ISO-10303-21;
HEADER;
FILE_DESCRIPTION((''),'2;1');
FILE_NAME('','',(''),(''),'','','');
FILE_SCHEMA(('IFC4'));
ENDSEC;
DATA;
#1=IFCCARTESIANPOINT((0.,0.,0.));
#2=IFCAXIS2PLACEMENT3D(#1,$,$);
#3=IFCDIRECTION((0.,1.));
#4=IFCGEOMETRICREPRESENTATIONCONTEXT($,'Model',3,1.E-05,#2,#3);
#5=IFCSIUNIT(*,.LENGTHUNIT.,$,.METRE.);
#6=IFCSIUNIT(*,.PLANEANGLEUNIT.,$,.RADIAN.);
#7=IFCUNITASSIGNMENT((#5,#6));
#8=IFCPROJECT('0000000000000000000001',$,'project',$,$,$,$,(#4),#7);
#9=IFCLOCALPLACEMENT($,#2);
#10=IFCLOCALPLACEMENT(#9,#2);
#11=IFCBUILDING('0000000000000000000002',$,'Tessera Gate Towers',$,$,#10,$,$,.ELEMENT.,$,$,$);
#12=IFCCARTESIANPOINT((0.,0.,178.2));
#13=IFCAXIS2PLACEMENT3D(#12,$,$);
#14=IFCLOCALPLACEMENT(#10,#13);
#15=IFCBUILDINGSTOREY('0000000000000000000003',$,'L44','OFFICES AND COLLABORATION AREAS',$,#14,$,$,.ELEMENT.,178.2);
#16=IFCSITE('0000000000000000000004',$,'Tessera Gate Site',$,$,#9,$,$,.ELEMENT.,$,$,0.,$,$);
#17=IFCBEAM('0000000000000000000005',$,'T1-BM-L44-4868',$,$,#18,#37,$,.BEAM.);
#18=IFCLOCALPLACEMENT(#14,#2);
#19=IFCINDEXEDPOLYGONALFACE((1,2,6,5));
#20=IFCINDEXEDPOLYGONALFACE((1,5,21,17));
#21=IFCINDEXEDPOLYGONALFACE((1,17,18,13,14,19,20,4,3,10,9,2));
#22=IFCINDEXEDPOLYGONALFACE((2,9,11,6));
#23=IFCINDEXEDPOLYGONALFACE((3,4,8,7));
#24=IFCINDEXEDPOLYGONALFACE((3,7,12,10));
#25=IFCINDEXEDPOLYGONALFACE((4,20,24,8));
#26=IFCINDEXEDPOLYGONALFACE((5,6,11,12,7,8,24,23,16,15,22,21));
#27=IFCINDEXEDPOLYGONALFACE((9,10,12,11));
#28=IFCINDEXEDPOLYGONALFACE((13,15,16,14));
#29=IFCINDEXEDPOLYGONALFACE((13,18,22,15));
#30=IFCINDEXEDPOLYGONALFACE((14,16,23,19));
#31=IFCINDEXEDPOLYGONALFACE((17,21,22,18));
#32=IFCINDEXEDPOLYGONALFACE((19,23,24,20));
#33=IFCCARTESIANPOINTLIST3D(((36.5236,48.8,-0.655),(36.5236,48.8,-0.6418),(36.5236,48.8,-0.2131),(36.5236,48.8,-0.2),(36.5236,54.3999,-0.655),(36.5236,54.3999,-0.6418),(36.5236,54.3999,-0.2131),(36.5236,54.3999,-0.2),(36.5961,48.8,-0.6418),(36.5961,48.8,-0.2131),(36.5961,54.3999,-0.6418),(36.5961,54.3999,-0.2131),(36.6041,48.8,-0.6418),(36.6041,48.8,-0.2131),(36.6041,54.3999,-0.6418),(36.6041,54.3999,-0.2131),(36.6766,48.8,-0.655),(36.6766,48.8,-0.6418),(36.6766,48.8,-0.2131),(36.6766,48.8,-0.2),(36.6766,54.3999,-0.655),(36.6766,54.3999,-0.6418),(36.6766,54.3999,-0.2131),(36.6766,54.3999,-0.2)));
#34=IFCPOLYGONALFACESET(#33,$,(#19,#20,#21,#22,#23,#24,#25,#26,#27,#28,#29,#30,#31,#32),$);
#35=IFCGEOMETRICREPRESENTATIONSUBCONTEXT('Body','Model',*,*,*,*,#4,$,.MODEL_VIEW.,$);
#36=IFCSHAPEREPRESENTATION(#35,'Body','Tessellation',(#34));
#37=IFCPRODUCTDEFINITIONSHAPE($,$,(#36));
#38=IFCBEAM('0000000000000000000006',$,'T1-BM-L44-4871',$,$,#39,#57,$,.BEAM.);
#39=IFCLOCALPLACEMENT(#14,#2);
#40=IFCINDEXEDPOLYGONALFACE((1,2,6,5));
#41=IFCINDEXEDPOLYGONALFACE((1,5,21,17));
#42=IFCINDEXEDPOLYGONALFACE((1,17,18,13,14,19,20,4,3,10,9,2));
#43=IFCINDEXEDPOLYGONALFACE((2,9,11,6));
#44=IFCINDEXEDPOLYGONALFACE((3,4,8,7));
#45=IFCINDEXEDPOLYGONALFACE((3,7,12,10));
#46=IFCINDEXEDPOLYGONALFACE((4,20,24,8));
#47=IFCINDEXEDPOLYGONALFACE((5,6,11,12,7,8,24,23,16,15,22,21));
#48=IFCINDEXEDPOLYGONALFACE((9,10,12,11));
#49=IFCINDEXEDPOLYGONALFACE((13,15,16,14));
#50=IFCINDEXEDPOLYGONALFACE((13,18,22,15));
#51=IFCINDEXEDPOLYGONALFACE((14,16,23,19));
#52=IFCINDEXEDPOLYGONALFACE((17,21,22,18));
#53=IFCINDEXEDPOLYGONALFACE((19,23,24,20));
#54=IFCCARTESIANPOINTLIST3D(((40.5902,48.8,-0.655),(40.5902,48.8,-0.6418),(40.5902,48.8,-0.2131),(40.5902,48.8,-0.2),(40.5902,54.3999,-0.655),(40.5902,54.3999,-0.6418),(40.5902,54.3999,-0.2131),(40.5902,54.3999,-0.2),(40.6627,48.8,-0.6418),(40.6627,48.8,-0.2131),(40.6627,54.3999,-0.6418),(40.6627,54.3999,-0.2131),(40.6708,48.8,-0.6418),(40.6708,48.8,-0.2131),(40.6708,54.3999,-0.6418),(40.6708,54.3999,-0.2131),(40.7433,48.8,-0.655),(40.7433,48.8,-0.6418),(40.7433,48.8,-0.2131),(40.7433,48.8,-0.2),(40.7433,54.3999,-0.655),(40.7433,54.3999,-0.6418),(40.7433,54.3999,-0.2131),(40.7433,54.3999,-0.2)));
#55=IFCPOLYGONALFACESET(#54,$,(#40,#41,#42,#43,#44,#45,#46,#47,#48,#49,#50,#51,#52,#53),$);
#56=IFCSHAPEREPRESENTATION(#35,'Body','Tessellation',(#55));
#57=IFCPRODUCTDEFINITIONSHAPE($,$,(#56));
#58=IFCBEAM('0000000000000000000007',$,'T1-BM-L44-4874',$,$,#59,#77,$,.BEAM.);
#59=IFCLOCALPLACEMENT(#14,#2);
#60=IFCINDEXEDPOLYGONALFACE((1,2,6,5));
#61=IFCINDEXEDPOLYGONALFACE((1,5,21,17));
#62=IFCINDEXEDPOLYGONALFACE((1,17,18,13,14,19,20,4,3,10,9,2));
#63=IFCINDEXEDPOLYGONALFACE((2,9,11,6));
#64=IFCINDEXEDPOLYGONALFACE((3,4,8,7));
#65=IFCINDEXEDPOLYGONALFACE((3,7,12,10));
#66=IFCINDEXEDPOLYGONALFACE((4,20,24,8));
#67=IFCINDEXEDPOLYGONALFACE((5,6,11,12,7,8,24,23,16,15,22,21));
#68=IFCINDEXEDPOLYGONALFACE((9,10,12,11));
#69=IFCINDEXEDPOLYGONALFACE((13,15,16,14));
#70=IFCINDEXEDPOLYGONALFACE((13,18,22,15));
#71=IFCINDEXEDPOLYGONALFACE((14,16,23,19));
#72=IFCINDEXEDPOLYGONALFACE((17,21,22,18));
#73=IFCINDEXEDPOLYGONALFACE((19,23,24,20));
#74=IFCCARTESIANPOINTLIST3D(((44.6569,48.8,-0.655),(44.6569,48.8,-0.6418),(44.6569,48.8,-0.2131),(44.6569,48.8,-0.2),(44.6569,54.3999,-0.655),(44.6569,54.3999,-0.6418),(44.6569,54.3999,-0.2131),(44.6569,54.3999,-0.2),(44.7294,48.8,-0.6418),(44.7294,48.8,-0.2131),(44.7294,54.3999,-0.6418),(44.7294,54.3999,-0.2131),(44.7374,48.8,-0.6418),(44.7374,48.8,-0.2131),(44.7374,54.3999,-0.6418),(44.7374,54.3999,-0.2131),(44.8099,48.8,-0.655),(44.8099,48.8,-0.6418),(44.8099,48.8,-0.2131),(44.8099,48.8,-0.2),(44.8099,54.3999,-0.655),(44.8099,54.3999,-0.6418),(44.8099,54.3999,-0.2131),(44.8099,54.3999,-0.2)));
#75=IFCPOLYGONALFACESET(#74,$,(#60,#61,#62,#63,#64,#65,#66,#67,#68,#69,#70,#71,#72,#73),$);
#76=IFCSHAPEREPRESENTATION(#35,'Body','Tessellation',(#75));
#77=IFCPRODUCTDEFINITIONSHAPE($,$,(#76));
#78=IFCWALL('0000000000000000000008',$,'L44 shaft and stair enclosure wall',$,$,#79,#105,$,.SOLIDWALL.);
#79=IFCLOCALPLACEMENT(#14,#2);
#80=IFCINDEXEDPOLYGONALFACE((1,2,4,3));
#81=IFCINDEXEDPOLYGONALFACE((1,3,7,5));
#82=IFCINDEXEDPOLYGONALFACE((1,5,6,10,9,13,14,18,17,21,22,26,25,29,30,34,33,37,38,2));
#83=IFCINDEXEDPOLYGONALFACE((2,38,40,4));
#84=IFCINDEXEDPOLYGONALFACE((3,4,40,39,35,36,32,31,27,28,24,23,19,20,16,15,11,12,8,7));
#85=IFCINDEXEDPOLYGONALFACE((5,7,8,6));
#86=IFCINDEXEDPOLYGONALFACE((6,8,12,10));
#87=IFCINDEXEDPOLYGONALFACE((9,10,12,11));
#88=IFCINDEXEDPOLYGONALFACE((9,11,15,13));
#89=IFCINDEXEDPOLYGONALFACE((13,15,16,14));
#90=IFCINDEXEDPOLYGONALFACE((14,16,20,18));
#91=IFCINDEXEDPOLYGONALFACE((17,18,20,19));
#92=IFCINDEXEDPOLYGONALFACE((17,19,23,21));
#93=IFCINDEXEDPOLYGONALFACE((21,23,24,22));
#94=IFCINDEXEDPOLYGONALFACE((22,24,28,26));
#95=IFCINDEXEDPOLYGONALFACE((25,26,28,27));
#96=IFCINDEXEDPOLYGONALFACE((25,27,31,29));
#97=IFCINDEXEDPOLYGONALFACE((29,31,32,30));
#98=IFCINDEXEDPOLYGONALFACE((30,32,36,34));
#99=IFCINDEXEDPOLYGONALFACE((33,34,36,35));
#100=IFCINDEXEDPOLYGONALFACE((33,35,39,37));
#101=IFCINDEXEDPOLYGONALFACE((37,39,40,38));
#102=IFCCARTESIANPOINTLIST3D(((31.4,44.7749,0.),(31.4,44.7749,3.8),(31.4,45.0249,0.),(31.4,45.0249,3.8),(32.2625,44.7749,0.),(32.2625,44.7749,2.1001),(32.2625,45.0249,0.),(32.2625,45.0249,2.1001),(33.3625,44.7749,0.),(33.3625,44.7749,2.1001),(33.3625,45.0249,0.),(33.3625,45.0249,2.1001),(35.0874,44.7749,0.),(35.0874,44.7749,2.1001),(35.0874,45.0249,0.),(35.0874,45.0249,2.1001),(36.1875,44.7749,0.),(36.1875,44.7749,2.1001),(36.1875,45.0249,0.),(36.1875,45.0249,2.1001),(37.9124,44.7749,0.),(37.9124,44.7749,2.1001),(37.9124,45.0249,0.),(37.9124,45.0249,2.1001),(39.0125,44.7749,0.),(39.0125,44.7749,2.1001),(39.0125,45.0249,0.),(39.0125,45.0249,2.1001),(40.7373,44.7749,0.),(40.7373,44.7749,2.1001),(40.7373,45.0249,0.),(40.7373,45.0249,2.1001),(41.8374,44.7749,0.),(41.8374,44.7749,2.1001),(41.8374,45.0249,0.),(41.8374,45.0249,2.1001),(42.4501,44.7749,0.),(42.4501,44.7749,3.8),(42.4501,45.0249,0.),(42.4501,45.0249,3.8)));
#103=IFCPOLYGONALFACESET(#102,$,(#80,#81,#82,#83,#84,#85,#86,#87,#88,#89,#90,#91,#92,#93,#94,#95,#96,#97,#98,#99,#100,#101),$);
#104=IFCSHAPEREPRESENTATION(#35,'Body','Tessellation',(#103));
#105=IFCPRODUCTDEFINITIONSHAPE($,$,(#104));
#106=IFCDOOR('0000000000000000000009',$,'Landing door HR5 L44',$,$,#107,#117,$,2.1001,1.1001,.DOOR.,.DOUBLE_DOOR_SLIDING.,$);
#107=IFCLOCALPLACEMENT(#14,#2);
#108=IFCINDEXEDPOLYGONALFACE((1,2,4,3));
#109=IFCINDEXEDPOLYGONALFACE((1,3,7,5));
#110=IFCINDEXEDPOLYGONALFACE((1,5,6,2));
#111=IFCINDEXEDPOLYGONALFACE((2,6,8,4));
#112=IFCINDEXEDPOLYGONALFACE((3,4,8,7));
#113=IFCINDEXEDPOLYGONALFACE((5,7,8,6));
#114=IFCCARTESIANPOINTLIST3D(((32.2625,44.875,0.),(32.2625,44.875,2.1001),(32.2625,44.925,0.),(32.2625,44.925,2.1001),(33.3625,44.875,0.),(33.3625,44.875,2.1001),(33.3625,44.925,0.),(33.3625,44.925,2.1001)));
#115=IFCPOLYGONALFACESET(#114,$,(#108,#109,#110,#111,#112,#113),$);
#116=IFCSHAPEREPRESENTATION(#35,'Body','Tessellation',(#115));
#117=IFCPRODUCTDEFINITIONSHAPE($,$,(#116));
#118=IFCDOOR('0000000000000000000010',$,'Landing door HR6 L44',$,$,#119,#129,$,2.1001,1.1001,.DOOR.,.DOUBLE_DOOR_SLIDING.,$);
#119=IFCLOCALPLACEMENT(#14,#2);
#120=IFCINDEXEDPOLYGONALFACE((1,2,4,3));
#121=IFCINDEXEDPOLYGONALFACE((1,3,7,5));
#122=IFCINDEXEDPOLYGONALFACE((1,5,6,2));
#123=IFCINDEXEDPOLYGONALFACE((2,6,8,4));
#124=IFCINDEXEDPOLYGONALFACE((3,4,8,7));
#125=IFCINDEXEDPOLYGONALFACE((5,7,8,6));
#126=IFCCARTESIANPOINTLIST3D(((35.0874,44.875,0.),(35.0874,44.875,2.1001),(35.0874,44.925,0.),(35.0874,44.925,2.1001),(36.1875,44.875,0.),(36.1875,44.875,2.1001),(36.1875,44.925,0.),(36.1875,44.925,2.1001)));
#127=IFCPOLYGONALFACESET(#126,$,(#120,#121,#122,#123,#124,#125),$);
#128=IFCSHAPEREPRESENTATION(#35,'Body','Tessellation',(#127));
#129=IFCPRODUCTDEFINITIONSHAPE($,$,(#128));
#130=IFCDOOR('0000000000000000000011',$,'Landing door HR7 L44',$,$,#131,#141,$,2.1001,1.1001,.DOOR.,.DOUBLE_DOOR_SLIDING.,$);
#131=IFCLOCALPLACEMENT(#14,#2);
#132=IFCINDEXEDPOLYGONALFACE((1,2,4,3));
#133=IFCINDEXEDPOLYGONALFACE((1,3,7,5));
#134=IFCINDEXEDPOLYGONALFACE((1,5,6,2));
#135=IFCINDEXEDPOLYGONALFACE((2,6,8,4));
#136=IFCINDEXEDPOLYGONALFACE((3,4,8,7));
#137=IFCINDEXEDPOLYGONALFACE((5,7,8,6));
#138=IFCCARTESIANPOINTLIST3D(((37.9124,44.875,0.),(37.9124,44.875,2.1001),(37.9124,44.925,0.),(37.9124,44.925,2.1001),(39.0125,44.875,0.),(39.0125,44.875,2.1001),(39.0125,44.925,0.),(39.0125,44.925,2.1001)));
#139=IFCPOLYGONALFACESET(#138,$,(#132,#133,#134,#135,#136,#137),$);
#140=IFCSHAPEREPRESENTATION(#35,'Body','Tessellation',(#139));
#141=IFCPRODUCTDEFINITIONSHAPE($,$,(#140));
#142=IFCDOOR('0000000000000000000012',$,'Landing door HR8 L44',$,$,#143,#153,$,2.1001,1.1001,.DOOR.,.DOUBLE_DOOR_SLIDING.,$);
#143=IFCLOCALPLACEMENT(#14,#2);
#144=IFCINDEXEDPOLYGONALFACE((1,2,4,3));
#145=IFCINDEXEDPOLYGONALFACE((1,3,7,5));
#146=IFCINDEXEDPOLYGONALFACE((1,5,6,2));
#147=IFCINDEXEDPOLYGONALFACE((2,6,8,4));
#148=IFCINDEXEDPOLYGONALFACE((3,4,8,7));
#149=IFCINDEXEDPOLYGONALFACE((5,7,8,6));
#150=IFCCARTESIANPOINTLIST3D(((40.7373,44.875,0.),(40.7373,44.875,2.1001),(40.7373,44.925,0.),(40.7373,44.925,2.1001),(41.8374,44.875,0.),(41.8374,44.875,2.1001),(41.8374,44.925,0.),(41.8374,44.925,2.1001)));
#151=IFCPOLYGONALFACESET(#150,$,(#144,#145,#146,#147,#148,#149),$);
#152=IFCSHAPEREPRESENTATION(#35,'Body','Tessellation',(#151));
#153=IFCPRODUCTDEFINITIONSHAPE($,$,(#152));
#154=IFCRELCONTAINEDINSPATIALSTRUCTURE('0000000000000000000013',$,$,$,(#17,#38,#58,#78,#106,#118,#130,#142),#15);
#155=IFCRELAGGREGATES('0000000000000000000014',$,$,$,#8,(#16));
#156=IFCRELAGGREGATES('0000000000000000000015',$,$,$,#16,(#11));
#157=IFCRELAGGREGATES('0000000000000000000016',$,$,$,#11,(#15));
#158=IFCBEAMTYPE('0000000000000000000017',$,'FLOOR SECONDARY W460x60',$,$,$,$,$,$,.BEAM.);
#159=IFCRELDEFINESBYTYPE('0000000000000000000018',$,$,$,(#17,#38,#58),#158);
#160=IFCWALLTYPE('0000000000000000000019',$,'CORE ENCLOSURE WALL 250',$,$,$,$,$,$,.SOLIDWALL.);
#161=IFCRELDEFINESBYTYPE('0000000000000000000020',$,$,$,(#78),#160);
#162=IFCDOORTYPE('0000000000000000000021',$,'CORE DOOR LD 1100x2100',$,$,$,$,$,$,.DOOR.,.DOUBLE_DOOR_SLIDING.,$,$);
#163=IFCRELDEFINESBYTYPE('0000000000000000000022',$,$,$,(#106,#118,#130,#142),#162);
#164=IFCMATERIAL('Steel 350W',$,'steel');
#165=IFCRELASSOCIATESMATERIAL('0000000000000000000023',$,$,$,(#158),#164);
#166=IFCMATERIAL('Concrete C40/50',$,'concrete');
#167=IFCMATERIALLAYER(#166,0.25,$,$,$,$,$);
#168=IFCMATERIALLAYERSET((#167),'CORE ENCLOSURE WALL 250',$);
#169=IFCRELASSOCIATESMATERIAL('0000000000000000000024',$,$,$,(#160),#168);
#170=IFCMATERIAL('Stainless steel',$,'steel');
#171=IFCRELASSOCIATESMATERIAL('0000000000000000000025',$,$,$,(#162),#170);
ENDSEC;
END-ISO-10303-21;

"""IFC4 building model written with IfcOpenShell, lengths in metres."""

from ifc_helpers import new_model, si_unit, direction, frame, frame_2d, origin, origin_2d, place, context, subcontext, project, spatial, rectangle, i_section, extrude, source, transform, mapped, material, layer, layer_set, material_profile, profile_set, type_object, element, fill, save


model = new_model("IFC4")

# Units and contexts
model_context = context("Model", 3, precision=1e-05, world=origin(), true_north=direction((0.0, 1.0)))
body_context = subcontext(model_context, "Body", "Model", "MODEL_VIEW")
ifc_project = project(units=[si_unit("LENGTHUNIT", "METRE"), si_unit("PLANEANGLEUNIT", "RADIAN")], contexts=[model_context])

# Site, building, storey
site_placement = place(None, origin())
site = spatial("IfcSite", under=ifc_project, at=site_placement, Name="Tessera Gate Site", CompositionType="ELEMENT", RefElevation=0.0)
building_placement = place(site_placement, origin())
building = spatial("IfcBuilding", under=site, at=building_placement, Name="Tessera Gate Towers", CompositionType="ELEMENT")
storey_placement = place(building_placement, frame((0.0, 0.0, 178.2)))
storey = spatial("IfcBuildingStorey", under=building, at=storey_placement, Name="L44", Description="OFFICES AND COLLABORATION AREAS", CompositionType="ELEMENT", Elevation=178.2)

# Beams
ifc_material_1 = material(Name="Steel 350W", Category="steel")
ifc_material_profile = material_profile(ifc_material_1, i_section(OverallWidth=0.1531, OverallDepth=0.4551, WebThickness=0.0081, FlangeThickness=0.0132, at=origin_2d()), Name="W460x60")
ifc_profile_set = profile_set([ifc_material_profile], Name="Steel 350W")
beam_type = type_object("IfcBeamType", Name="FLOOR SECONDARY W460x60", PredefinedType="BEAM", material=ifc_profile_set)
for number, where, z_axis, x_axis, name in (
    (1, (36.6001, 48.8, -0.4275), (0.0, 1.0, 0.0), (-1.0, 0.0, 0.0), "T1-BM-L44-4868"),
    (2, (40.6667, 48.8, -0.4275), (0.0, 1.0, 0.0), (-1.0, 0.0, 0.0), "T1-BM-L44-4871"),
    (3, (44.7334, 48.8, -0.4275), (0.0, 1.0, 0.0), (-1.0, 0.0, 0.0), "T1-BM-L44-4874"),
):
    element("IfcBeam", number, at=place(storey_placement, frame(where, z_axis=z_axis, x_axis=x_axis)), inside=storey, type_object=beam_type, Name=name, PredefinedType="BEAM", context=body_context, shape_type="SweptSolid", body=[
        extrude(i_section(OverallWidth=0.1531, OverallDepth=0.4551, WebThickness=0.0081, FlangeThickness=0.0132, at=origin_2d()), origin(), (0.0, 0.0, 1.0), 5.5999),
    ])

# Wall, openings, doors
ifc_material_2 = material(Name="Concrete C40/50", Category="concrete")
ifc_layer_1 = layer(ifc_material_2, 0.25)
ifc_layer_set_1 = layer_set([ifc_layer_1], Name="CORE ENCLOSURE WALL 250")
wall_type_1 = type_object("IfcWallType", Name="CORE ENCLOSURE WALL 250", PredefinedType="SOLIDWALL", material=ifc_layer_set_1)
wall_1_placement = place(storey_placement, frame((42.45, 44.8999, 0.0), z_axis=(0.0, 0.0, 1.0), x_axis=(-1.0, 0.0, 0.0)))
wall_1 = element("IfcWall", 4, at=wall_1_placement, inside=storey, type_object=wall_type_1, Name="L44 shaft and stair enclosure wall", PredefinedType="SOLIDWALL", context=body_context, shape_type="SweptSolid", body=[
    extrude(rectangle(XDim=11.05, YDim=0.25, at=frame_2d((5.5249, 0.0))), origin(), (0.0, 0.0, 1.0), 3.8),
])
shared_shape_1 = source(origin(), body_context, "Body", "SweptSolid", [
    extrude(rectangle(XDim=1.1001, YDim=2.1001, at=frame_2d((0.55, 1.05))), frame((0.0, 0.135, 0.0), z_axis=(0.0, -1.0, 0.0), x_axis=(1.0, 0.0, 0.0)), (0.0, 0.0, 1.0), 0.27),
])
opening_1_placement = place(wall_1_placement, frame((9.0874, 0.0, 0.0)))
opening_1 = element("IfcOpeningElement", 5, at=opening_1_placement, cuts=wall_1, PredefinedType="OPENING", context=body_context, shape_type="MappedRepresentation", body=[
    mapped(shared_shape_1, transform((0.0, 0.0, 0.0), scale=1.0)),
])
opening_2_placement = place(wall_1_placement, frame((6.2625, 0.0, 0.0)))
opening_2 = element("IfcOpeningElement", 6, at=opening_2_placement, cuts=wall_1, PredefinedType="OPENING", context=body_context, shape_type="MappedRepresentation", body=[
    mapped(shared_shape_1, transform((0.0, 0.0, 0.0), scale=1.0)),
])
opening_3_placement = place(wall_1_placement, frame((3.4375, 0.0, 0.0)))
opening_3 = element("IfcOpeningElement", 7, at=opening_3_placement, cuts=wall_1, PredefinedType="OPENING", context=body_context, shape_type="MappedRepresentation", body=[
    mapped(shared_shape_1, transform((0.0, 0.0, 0.0), scale=1.0)),
])
opening_4_placement = place(wall_1_placement, frame((0.6125, 0.0, 0.0)))
opening_4 = element("IfcOpeningElement", 8, at=opening_4_placement, cuts=wall_1, PredefinedType="OPENING", context=body_context, shape_type="MappedRepresentation", body=[
    mapped(shared_shape_1, transform((0.0, 0.0, 0.0), scale=1.0)),
])
ifc_material_3 = material(Name="Stainless steel", Category="steel")
door_type_1 = type_object("IfcDoorType", Name="CORE DOOR LD 1100x2100", OperationType="DOUBLE_DOOR_SLIDING", PredefinedType="DOOR", material=ifc_material_3)
shared_shape_2 = source(origin(), body_context, "Body", "SweptSolid", [
    extrude(rectangle(XDim=1.1001, YDim=2.1001, at=frame_2d((0.55, 1.05))), frame((0.0, 0.0249, 0.0), z_axis=(0.0, -1.0, 0.0), x_axis=(1.0, 0.0, 0.0)), (0.0, 0.0, 1.0), 0.05),
])
door_1_placement = place(opening_1_placement, origin())
door_1 = element("IfcDoor", 9, at=door_1_placement, inside=storey, type_object=door_type_1, Name="Landing door HR5 L44", OperationType="DOUBLE_DOOR_SLIDING", OverallHeight=2.1001, OverallWidth=1.1001, PredefinedType="DOOR", context=body_context, shape_type="MappedRepresentation", body=[
    mapped(shared_shape_2, transform((0.0, 0.0, 0.0), scale=1.0)),
])
fill(opening_1, door_1)
door_2_placement = place(opening_2_placement, origin())
door_2 = element("IfcDoor", 10, at=door_2_placement, inside=storey, type_object=door_type_1, Name="Landing door HR6 L44", OperationType="DOUBLE_DOOR_SLIDING", OverallHeight=2.1001, OverallWidth=1.1001, PredefinedType="DOOR", context=body_context, shape_type="MappedRepresentation", body=[
    mapped(shared_shape_2, transform((0.0, 0.0, 0.0), scale=1.0)),
])
fill(opening_2, door_2)
door_3_placement = place(opening_3_placement, origin())
door_3 = element("IfcDoor", 11, at=door_3_placement, inside=storey, type_object=door_type_1, Name="Landing door HR7 L44", OperationType="DOUBLE_DOOR_SLIDING", OverallHeight=2.1001, OverallWidth=1.1001, PredefinedType="DOOR", context=body_context, shape_type="MappedRepresentation", body=[
    mapped(shared_shape_2, transform((0.0, 0.0, 0.0), scale=1.0)),
])
fill(opening_3, door_3)
door_4_placement = place(opening_4_placement, origin())
door_4 = element("IfcDoor", 12, at=door_4_placement, inside=storey, type_object=door_type_1, Name="Landing door HR8 L44", OperationType="DOUBLE_DOOR_SLIDING", OverallHeight=2.1001, OverallWidth=1.1001, PredefinedType="DOOR", context=body_context, shape_type="MappedRepresentation", body=[
    mapped(shared_shape_2, transform((0.0, 0.0, 0.0), scale=1.0)),
])
fill(opening_4, door_4)

save(model, "model.ifc")
